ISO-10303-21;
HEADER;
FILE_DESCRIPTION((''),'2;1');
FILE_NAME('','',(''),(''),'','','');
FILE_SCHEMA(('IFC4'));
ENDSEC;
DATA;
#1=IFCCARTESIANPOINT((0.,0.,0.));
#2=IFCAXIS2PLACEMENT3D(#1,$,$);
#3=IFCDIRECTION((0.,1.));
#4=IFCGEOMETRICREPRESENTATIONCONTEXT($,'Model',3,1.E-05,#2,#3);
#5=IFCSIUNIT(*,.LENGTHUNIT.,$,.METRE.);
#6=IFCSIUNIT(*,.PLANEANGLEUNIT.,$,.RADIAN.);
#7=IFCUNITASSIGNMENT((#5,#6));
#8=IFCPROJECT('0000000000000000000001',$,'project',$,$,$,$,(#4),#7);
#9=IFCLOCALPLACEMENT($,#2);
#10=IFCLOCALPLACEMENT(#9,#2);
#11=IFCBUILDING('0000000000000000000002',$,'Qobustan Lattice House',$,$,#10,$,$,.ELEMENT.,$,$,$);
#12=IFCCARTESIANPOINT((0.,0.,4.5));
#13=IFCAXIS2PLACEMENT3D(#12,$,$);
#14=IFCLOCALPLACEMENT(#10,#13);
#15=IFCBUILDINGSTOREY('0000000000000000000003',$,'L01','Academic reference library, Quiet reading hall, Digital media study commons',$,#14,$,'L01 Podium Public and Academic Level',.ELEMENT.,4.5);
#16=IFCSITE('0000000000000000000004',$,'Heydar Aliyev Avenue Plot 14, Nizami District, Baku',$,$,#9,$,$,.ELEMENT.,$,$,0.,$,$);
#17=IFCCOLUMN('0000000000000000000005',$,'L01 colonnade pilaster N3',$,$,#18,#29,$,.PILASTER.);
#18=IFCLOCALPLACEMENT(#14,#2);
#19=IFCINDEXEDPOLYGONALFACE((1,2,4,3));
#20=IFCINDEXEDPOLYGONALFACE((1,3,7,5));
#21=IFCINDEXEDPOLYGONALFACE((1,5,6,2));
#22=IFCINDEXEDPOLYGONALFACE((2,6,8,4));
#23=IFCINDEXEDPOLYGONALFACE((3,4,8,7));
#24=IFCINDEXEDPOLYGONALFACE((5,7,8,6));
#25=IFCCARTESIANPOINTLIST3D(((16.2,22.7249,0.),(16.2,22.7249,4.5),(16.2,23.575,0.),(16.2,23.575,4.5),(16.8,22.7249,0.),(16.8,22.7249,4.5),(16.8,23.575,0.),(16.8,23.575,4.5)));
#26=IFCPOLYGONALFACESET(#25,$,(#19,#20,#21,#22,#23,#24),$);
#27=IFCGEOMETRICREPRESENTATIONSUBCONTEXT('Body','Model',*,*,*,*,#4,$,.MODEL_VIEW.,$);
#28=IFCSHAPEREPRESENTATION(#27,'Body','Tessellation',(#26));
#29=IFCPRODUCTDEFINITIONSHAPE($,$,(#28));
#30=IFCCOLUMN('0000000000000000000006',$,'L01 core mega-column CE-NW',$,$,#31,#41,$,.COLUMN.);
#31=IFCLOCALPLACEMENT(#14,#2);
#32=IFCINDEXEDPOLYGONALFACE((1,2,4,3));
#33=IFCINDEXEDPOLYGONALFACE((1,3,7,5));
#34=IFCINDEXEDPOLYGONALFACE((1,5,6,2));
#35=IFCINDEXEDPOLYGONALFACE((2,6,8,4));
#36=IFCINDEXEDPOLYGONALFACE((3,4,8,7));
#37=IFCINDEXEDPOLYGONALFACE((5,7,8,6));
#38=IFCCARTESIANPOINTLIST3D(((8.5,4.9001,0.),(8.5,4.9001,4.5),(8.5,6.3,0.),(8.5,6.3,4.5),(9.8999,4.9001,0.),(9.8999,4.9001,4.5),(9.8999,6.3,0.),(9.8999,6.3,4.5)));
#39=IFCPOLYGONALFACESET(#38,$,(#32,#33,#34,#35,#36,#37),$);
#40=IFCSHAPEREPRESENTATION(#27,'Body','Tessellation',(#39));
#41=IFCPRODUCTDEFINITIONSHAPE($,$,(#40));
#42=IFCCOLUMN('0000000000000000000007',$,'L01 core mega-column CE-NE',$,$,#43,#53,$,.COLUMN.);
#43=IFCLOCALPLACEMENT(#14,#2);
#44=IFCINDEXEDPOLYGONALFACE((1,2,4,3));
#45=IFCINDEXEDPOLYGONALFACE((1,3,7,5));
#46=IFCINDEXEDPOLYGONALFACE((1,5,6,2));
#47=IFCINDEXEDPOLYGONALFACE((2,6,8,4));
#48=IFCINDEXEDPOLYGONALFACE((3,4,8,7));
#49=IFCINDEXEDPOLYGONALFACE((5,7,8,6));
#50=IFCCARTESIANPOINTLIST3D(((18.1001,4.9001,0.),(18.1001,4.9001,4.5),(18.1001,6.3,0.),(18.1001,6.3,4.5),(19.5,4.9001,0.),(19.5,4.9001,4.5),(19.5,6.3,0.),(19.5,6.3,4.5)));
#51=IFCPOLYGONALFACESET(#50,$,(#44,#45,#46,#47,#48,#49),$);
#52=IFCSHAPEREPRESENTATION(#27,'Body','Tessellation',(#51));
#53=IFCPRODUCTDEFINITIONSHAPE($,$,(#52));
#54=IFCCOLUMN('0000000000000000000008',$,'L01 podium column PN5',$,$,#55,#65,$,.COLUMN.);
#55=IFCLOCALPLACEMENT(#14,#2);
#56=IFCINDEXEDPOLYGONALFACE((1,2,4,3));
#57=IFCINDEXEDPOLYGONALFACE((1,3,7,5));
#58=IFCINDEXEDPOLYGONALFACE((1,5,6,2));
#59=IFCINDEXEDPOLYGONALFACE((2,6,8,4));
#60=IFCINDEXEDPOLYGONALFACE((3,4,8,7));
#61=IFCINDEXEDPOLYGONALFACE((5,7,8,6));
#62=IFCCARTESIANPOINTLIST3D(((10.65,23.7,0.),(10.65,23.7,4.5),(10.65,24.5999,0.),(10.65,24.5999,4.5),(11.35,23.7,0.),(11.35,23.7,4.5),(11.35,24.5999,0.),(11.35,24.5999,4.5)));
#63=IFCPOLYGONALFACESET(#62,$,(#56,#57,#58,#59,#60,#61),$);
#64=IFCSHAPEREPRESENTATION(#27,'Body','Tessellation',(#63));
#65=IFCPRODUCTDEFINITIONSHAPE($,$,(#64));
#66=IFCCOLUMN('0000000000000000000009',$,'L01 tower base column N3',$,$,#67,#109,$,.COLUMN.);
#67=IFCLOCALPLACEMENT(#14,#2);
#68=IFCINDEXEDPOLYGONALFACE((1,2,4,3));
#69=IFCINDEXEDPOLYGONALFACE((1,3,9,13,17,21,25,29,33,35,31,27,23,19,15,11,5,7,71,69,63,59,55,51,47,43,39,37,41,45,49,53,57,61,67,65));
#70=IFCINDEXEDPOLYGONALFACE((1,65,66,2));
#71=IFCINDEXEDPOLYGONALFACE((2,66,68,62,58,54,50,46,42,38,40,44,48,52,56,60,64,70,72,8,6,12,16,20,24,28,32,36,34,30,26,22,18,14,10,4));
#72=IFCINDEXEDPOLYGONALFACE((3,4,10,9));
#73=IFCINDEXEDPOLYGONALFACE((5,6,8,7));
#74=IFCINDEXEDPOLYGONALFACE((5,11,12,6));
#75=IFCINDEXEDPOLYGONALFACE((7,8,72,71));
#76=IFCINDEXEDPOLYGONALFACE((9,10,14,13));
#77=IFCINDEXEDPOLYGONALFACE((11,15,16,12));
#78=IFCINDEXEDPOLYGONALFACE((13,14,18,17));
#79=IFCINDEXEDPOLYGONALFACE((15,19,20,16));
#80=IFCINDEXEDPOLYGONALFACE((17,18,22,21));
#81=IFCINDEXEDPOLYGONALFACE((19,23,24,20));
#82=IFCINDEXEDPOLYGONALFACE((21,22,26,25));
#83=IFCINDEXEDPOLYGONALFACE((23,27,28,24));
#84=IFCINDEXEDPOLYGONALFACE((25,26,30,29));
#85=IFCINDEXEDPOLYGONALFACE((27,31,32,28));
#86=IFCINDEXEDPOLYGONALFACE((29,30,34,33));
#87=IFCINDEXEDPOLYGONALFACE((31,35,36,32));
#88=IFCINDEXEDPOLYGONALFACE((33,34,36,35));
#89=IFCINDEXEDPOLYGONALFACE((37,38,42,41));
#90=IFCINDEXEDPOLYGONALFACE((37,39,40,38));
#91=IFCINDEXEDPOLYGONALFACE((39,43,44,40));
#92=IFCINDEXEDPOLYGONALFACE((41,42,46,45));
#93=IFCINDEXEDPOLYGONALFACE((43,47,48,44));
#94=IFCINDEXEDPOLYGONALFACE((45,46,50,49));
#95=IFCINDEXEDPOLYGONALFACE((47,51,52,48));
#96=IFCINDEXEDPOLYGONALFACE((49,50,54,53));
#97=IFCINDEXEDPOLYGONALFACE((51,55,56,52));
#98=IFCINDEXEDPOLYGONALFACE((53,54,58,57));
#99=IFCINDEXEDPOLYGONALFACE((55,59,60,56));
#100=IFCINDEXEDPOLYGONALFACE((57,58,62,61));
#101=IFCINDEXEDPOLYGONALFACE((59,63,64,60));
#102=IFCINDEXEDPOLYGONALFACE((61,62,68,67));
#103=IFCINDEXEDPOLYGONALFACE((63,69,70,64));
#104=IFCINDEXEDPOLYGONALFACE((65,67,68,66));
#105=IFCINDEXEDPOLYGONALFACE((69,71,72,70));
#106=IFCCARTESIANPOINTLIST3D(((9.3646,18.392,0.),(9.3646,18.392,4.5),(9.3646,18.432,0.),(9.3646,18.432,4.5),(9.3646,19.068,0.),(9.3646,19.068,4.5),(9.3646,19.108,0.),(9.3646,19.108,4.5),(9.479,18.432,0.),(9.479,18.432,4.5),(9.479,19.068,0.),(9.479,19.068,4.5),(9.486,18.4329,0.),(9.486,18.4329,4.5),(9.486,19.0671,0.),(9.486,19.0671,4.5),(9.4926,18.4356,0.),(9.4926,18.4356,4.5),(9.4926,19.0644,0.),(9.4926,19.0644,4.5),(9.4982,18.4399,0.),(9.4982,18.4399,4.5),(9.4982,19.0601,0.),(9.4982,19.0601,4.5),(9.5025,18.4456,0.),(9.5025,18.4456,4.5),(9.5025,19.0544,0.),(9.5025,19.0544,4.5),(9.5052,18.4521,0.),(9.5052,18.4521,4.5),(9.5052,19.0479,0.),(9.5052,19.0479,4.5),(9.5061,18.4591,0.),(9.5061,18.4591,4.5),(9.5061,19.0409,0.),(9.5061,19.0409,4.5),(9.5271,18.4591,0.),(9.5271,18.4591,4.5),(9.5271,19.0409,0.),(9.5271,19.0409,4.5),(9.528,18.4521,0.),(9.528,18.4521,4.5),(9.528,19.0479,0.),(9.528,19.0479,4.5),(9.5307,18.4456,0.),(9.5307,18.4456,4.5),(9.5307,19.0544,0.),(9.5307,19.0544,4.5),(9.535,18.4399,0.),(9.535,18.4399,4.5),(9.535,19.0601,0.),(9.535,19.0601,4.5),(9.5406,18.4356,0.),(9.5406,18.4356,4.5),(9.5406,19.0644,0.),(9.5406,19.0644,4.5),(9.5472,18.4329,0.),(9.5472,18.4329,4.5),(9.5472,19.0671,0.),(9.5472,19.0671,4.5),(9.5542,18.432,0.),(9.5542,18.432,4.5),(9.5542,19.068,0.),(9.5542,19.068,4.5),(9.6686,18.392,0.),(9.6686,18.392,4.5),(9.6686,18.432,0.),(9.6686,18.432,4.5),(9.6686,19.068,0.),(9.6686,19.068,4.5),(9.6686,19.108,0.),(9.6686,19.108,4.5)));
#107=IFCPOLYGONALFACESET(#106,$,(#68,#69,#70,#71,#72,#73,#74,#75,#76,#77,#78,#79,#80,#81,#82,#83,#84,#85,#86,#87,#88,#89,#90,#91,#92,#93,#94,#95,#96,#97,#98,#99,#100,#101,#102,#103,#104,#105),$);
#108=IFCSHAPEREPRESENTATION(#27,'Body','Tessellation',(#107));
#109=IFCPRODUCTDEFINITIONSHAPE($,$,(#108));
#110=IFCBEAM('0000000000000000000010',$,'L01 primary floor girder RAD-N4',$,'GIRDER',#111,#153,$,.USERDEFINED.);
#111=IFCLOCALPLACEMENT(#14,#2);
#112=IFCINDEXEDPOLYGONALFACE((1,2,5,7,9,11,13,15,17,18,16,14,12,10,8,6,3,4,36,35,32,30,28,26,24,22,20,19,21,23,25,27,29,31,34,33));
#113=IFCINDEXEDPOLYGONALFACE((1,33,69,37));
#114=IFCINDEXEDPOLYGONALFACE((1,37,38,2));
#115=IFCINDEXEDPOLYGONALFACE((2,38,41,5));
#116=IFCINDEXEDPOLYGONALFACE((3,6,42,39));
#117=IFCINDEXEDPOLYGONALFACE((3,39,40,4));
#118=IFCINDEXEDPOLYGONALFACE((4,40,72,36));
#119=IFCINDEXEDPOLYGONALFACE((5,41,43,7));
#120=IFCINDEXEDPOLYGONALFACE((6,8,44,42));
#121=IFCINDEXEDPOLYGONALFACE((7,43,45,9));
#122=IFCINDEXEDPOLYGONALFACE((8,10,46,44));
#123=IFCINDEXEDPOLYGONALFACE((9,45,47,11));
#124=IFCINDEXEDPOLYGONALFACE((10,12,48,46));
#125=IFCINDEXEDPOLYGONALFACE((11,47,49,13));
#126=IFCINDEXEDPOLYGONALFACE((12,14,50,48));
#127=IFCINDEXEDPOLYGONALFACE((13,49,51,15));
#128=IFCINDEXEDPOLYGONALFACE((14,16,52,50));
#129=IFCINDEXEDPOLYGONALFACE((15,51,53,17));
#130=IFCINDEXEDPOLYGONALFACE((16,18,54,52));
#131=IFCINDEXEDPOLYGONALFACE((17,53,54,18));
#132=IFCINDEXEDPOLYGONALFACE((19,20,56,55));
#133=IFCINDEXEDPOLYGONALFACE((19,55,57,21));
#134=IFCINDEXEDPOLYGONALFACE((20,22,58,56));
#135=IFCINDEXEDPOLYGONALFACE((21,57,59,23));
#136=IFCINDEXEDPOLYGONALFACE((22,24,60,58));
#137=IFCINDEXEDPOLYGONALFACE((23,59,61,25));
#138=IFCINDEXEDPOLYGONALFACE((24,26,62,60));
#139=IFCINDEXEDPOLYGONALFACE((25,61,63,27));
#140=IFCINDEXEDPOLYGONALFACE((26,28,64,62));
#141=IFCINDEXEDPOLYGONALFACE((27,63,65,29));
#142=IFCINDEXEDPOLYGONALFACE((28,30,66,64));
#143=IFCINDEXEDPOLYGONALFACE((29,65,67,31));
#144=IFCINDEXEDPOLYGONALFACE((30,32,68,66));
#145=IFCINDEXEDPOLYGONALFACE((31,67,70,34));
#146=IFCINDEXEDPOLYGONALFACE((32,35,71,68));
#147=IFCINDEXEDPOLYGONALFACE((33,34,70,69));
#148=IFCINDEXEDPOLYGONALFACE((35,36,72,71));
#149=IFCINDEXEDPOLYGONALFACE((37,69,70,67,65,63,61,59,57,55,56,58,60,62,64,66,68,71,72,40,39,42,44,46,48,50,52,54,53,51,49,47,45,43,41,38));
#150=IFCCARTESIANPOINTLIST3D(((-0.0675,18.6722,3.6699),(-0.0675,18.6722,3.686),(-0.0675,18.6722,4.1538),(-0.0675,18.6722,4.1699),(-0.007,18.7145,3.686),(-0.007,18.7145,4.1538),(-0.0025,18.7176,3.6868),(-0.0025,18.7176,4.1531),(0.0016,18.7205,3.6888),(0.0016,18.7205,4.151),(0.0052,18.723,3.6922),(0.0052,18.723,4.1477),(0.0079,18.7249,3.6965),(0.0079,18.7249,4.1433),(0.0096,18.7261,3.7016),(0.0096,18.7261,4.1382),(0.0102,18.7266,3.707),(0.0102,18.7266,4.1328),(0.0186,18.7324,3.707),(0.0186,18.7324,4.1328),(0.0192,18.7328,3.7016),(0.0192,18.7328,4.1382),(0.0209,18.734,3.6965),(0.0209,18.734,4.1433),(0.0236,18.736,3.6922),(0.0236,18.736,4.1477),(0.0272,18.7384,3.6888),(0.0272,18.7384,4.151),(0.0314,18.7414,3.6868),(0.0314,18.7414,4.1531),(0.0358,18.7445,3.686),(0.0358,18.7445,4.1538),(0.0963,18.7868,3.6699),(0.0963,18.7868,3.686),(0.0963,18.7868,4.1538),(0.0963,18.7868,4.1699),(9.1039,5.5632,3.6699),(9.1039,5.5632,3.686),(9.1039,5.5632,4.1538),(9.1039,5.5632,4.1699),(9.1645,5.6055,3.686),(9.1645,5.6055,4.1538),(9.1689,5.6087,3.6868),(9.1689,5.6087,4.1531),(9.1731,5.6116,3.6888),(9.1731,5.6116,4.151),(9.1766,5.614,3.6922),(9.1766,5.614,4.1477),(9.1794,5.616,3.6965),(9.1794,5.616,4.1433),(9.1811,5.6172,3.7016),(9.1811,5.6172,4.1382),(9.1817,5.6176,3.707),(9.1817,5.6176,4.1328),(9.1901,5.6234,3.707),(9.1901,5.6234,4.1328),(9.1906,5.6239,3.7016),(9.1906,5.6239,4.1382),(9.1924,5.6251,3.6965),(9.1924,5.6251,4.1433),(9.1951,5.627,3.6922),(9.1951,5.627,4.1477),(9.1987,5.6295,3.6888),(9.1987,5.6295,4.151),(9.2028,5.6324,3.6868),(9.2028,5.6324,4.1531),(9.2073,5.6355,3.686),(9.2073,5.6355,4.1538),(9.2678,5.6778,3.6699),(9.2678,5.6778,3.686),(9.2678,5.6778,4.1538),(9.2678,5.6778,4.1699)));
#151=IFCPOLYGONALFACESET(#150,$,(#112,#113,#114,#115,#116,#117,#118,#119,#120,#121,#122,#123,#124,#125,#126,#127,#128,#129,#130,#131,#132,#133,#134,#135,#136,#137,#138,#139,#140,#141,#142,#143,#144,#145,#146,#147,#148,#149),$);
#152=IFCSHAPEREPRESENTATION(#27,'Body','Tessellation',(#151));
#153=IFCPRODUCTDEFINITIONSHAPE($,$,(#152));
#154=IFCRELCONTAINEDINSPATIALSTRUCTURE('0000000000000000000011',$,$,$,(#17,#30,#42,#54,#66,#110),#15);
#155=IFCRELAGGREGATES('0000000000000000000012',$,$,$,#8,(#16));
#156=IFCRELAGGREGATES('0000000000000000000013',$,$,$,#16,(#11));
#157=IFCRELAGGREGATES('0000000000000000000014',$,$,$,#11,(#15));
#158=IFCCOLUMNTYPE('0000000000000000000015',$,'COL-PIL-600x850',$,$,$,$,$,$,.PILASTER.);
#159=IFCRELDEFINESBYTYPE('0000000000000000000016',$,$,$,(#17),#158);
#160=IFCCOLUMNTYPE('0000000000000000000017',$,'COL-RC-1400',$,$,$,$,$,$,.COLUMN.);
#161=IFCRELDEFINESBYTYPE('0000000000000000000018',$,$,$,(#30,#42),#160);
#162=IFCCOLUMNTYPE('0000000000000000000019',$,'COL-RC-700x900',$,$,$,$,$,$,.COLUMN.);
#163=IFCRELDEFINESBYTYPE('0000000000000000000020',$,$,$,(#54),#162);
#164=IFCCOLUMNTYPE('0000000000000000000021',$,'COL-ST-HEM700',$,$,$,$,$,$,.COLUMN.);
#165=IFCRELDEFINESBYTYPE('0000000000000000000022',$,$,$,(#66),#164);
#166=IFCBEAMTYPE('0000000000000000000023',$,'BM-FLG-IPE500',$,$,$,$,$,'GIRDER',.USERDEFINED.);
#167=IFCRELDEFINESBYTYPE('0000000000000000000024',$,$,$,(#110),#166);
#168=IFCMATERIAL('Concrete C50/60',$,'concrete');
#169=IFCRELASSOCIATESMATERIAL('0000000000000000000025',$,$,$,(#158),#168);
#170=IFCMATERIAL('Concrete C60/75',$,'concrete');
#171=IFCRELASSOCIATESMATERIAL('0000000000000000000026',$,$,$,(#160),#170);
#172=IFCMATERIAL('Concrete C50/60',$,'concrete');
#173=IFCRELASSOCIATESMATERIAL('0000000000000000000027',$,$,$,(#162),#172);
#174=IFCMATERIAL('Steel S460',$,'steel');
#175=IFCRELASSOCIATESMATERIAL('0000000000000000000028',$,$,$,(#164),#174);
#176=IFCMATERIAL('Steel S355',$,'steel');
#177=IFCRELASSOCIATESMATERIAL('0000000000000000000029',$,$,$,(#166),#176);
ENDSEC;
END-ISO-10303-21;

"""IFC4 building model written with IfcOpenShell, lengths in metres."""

from ifc_helpers import new_model, si_unit, direction, frame, origin, origin_2d, place, context, subcontext, project, spatial, rectangle, i_section, extrude, material, material_profile, profile_set, type_object, element, save


model = new_model("IFC4")

# Units and contexts
model_context = context("Model", 3, precision=1e-05, world=origin(), true_north=direction((0.0, 1.0)))
body_context = subcontext(model_context, "Body", "Model", "MODEL_VIEW")
ifc_project = project(units=[si_unit("LENGTHUNIT", "METRE"), si_unit("PLANEANGLEUNIT", "RADIAN")], contexts=[model_context])

# Site, building, storey
site_placement = place(None, origin())
site = spatial("IfcSite", under=ifc_project, at=site_placement, Name="Heydar Aliyev Avenue Plot 14, Nizami District, Baku", CompositionType="ELEMENT", RefElevation=0.0)
building_placement = place(site_placement, origin())
building = spatial("IfcBuilding", under=site, at=building_placement, Name="Qobustan Lattice House", CompositionType="ELEMENT")
storey_placement = place(building_placement, frame((0.0, 0.0, 4.5)))
storey = spatial("IfcBuildingStorey", under=building, at=storey_placement, Name="L01", Description="Academic reference library, Quiet reading hall, Digital media study commons", LongName="L01 Podium Public and Academic Level", CompositionType="ELEMENT", Elevation=4.5)

# Columns
ifc_material_1 = material(Name="Concrete C50/60", Category="concrete")
ifc_material_profile_1 = material_profile(ifc_material_1, rectangle(XDim=0.6001, YDim=0.8501, at=origin_2d()), Name="RC600x850")
ifc_profile_set_1 = profile_set([ifc_material_profile_1], Name="Concrete C50/60")
column_type_1 = type_object("IfcColumnType", Name="COL-PIL-600x850", PredefinedType="PILASTER", material=ifc_profile_set_1)
column_1_placement = place(storey_placement, frame((16.5, 23.1499, 0.0), z_axis=(0.0, 0.0, 1.0), x_axis=(1.0, 0.0, 0.0)))
element("IfcColumn", 1, at=column_1_placement, inside=storey, type_object=column_type_1, Name="L01 colonnade pilaster N3", PredefinedType="PILASTER", context=body_context, shape_type="SweptSolid", body=[
    extrude(rectangle(XDim=0.6001, YDim=0.8501, at=origin_2d()), origin(), (0.0, 0.0, 1.0), 4.5),
])
ifc_material_2 = material(Name="Concrete C60/75", Category="concrete")
ifc_material_profile_2 = material_profile(ifc_material_2, rectangle(XDim=1.3999, YDim=1.3999, at=origin_2d()), Name="RC1400x1400")
ifc_profile_set_2 = profile_set([ifc_material_profile_2], Name="Concrete C60/75")
column_type_2 = type_object("IfcColumnType", Name="COL-RC-1400", PredefinedType="COLUMN", material=ifc_profile_set_2)
for number, where, z_axis, x_axis, name in (
    (2, (9.2, 5.6001, 0.0), (0.0, 0.0, 1.0), (1.0, 0.0, 0.0), "L01 core mega-column CE-NW"),
    (3, (18.8, 5.6001, 0.0), (0.0, 0.0, 1.0), (1.0, 0.0, 0.0), "L01 core mega-column CE-NE"),
):
    element("IfcColumn", number, at=place(storey_placement, frame(where, z_axis=z_axis, x_axis=x_axis)), inside=storey, type_object=column_type_2, Name=name, PredefinedType="COLUMN", context=body_context, shape_type="SweptSolid", body=[
        extrude(rectangle(XDim=1.3999, YDim=1.3999, at=origin_2d()), origin(), (0.0, 0.0, 1.0), 4.5),
    ])
ifc_material_3 = material(Name="Concrete C50/60", Category="concrete")
ifc_material_profile_3 = material_profile(ifc_material_3, rectangle(XDim=0.7, YDim=0.8999, at=origin_2d()), Name="RC700x900")
ifc_profile_set_3 = profile_set([ifc_material_profile_3], Name="Concrete C50/60")
column_type_3 = type_object("IfcColumnType", Name="COL-RC-700x900", PredefinedType="COLUMN", material=ifc_profile_set_3)
column_2_placement = place(storey_placement, frame((11.0, 24.1499, 0.0), z_axis=(0.0, 0.0, 1.0), x_axis=(1.0, 0.0, 0.0)))
element("IfcColumn", 4, at=column_2_placement, inside=storey, type_object=column_type_3, Name="L01 podium column PN5", PredefinedType="COLUMN", context=body_context, shape_type="SweptSolid", body=[
    extrude(rectangle(XDim=0.7, YDim=0.8999, at=origin_2d()), origin(), (0.0, 0.0, 1.0), 4.5),
])
ifc_material_4 = material(Name="Steel S460", Category="steel")
ifc_material_profile_4 = material_profile(ifc_material_4, i_section(OverallWidth=0.304, OverallDepth=0.7161, WebThickness=0.021, FlangeThickness=0.04, FilletRadius=0.0271, at=origin_2d()), Name="HEM700")
ifc_profile_set_4 = profile_set([ifc_material_profile_4], Name="Steel S460")
column_type_4 = type_object("IfcColumnType", Name="COL-ST-HEM700", PredefinedType="COLUMN", material=ifc_profile_set_4)
column_3_placement = place(storey_placement, frame((9.5166, 18.75, 0.0), z_axis=(0.0, 0.0, 1.0), x_axis=(1.0, 0.0, 0.0)))
element("IfcColumn", 5, at=column_3_placement, inside=storey, type_object=column_type_4, Name="L01 tower base column N3", PredefinedType="COLUMN", context=body_context, shape_type="SweptSolid", body=[
    extrude(i_section(OverallWidth=0.304, OverallDepth=0.7161, WebThickness=0.021, FlangeThickness=0.04, FilletRadius=0.0271, at=origin_2d()), origin(), (0.0, 0.0, 1.0), 4.5),
])

# Beam
ifc_material_5 = material(Name="Steel S355", Category="steel")
ifc_material_profile_5 = material_profile(ifc_material_5, i_section(OverallWidth=0.2, OverallDepth=0.5, WebThickness=0.0103, FlangeThickness=0.0161, FilletRadius=0.021, at=origin_2d()), Name="IPE500")
ifc_profile_set_5 = profile_set([ifc_material_profile_5], Name="Steel S355")
beam_type_1 = type_object("IfcBeamType", Name="BM-FLG-IPE500", ElementType="GIRDER", PredefinedType="USERDEFINED", material=ifc_profile_set_5)
beam_1_placement = place(storey_placement, frame((0.0144, 18.7295, 3.9199), z_axis=(0.57326, -0.819374, 0.0), x_axis=(0.819374, 0.57326, 0.0)))
element("IfcBeam", 6, at=beam_1_placement, inside=storey, type_object=beam_type_1, Name="L01 primary floor girder RAD-N4", ObjectType="GIRDER", PredefinedType="USERDEFINED", context=body_context, shape_type="SweptSolid", body=[
    extrude(i_section(OverallWidth=0.2, OverallDepth=0.5, WebThickness=0.0103, FlangeThickness=0.0161, FilletRadius=0.021, at=origin_2d()), origin(), (0.0, 0.0, 1.0), 15.9988),
])

save(model, "model.ifc")
